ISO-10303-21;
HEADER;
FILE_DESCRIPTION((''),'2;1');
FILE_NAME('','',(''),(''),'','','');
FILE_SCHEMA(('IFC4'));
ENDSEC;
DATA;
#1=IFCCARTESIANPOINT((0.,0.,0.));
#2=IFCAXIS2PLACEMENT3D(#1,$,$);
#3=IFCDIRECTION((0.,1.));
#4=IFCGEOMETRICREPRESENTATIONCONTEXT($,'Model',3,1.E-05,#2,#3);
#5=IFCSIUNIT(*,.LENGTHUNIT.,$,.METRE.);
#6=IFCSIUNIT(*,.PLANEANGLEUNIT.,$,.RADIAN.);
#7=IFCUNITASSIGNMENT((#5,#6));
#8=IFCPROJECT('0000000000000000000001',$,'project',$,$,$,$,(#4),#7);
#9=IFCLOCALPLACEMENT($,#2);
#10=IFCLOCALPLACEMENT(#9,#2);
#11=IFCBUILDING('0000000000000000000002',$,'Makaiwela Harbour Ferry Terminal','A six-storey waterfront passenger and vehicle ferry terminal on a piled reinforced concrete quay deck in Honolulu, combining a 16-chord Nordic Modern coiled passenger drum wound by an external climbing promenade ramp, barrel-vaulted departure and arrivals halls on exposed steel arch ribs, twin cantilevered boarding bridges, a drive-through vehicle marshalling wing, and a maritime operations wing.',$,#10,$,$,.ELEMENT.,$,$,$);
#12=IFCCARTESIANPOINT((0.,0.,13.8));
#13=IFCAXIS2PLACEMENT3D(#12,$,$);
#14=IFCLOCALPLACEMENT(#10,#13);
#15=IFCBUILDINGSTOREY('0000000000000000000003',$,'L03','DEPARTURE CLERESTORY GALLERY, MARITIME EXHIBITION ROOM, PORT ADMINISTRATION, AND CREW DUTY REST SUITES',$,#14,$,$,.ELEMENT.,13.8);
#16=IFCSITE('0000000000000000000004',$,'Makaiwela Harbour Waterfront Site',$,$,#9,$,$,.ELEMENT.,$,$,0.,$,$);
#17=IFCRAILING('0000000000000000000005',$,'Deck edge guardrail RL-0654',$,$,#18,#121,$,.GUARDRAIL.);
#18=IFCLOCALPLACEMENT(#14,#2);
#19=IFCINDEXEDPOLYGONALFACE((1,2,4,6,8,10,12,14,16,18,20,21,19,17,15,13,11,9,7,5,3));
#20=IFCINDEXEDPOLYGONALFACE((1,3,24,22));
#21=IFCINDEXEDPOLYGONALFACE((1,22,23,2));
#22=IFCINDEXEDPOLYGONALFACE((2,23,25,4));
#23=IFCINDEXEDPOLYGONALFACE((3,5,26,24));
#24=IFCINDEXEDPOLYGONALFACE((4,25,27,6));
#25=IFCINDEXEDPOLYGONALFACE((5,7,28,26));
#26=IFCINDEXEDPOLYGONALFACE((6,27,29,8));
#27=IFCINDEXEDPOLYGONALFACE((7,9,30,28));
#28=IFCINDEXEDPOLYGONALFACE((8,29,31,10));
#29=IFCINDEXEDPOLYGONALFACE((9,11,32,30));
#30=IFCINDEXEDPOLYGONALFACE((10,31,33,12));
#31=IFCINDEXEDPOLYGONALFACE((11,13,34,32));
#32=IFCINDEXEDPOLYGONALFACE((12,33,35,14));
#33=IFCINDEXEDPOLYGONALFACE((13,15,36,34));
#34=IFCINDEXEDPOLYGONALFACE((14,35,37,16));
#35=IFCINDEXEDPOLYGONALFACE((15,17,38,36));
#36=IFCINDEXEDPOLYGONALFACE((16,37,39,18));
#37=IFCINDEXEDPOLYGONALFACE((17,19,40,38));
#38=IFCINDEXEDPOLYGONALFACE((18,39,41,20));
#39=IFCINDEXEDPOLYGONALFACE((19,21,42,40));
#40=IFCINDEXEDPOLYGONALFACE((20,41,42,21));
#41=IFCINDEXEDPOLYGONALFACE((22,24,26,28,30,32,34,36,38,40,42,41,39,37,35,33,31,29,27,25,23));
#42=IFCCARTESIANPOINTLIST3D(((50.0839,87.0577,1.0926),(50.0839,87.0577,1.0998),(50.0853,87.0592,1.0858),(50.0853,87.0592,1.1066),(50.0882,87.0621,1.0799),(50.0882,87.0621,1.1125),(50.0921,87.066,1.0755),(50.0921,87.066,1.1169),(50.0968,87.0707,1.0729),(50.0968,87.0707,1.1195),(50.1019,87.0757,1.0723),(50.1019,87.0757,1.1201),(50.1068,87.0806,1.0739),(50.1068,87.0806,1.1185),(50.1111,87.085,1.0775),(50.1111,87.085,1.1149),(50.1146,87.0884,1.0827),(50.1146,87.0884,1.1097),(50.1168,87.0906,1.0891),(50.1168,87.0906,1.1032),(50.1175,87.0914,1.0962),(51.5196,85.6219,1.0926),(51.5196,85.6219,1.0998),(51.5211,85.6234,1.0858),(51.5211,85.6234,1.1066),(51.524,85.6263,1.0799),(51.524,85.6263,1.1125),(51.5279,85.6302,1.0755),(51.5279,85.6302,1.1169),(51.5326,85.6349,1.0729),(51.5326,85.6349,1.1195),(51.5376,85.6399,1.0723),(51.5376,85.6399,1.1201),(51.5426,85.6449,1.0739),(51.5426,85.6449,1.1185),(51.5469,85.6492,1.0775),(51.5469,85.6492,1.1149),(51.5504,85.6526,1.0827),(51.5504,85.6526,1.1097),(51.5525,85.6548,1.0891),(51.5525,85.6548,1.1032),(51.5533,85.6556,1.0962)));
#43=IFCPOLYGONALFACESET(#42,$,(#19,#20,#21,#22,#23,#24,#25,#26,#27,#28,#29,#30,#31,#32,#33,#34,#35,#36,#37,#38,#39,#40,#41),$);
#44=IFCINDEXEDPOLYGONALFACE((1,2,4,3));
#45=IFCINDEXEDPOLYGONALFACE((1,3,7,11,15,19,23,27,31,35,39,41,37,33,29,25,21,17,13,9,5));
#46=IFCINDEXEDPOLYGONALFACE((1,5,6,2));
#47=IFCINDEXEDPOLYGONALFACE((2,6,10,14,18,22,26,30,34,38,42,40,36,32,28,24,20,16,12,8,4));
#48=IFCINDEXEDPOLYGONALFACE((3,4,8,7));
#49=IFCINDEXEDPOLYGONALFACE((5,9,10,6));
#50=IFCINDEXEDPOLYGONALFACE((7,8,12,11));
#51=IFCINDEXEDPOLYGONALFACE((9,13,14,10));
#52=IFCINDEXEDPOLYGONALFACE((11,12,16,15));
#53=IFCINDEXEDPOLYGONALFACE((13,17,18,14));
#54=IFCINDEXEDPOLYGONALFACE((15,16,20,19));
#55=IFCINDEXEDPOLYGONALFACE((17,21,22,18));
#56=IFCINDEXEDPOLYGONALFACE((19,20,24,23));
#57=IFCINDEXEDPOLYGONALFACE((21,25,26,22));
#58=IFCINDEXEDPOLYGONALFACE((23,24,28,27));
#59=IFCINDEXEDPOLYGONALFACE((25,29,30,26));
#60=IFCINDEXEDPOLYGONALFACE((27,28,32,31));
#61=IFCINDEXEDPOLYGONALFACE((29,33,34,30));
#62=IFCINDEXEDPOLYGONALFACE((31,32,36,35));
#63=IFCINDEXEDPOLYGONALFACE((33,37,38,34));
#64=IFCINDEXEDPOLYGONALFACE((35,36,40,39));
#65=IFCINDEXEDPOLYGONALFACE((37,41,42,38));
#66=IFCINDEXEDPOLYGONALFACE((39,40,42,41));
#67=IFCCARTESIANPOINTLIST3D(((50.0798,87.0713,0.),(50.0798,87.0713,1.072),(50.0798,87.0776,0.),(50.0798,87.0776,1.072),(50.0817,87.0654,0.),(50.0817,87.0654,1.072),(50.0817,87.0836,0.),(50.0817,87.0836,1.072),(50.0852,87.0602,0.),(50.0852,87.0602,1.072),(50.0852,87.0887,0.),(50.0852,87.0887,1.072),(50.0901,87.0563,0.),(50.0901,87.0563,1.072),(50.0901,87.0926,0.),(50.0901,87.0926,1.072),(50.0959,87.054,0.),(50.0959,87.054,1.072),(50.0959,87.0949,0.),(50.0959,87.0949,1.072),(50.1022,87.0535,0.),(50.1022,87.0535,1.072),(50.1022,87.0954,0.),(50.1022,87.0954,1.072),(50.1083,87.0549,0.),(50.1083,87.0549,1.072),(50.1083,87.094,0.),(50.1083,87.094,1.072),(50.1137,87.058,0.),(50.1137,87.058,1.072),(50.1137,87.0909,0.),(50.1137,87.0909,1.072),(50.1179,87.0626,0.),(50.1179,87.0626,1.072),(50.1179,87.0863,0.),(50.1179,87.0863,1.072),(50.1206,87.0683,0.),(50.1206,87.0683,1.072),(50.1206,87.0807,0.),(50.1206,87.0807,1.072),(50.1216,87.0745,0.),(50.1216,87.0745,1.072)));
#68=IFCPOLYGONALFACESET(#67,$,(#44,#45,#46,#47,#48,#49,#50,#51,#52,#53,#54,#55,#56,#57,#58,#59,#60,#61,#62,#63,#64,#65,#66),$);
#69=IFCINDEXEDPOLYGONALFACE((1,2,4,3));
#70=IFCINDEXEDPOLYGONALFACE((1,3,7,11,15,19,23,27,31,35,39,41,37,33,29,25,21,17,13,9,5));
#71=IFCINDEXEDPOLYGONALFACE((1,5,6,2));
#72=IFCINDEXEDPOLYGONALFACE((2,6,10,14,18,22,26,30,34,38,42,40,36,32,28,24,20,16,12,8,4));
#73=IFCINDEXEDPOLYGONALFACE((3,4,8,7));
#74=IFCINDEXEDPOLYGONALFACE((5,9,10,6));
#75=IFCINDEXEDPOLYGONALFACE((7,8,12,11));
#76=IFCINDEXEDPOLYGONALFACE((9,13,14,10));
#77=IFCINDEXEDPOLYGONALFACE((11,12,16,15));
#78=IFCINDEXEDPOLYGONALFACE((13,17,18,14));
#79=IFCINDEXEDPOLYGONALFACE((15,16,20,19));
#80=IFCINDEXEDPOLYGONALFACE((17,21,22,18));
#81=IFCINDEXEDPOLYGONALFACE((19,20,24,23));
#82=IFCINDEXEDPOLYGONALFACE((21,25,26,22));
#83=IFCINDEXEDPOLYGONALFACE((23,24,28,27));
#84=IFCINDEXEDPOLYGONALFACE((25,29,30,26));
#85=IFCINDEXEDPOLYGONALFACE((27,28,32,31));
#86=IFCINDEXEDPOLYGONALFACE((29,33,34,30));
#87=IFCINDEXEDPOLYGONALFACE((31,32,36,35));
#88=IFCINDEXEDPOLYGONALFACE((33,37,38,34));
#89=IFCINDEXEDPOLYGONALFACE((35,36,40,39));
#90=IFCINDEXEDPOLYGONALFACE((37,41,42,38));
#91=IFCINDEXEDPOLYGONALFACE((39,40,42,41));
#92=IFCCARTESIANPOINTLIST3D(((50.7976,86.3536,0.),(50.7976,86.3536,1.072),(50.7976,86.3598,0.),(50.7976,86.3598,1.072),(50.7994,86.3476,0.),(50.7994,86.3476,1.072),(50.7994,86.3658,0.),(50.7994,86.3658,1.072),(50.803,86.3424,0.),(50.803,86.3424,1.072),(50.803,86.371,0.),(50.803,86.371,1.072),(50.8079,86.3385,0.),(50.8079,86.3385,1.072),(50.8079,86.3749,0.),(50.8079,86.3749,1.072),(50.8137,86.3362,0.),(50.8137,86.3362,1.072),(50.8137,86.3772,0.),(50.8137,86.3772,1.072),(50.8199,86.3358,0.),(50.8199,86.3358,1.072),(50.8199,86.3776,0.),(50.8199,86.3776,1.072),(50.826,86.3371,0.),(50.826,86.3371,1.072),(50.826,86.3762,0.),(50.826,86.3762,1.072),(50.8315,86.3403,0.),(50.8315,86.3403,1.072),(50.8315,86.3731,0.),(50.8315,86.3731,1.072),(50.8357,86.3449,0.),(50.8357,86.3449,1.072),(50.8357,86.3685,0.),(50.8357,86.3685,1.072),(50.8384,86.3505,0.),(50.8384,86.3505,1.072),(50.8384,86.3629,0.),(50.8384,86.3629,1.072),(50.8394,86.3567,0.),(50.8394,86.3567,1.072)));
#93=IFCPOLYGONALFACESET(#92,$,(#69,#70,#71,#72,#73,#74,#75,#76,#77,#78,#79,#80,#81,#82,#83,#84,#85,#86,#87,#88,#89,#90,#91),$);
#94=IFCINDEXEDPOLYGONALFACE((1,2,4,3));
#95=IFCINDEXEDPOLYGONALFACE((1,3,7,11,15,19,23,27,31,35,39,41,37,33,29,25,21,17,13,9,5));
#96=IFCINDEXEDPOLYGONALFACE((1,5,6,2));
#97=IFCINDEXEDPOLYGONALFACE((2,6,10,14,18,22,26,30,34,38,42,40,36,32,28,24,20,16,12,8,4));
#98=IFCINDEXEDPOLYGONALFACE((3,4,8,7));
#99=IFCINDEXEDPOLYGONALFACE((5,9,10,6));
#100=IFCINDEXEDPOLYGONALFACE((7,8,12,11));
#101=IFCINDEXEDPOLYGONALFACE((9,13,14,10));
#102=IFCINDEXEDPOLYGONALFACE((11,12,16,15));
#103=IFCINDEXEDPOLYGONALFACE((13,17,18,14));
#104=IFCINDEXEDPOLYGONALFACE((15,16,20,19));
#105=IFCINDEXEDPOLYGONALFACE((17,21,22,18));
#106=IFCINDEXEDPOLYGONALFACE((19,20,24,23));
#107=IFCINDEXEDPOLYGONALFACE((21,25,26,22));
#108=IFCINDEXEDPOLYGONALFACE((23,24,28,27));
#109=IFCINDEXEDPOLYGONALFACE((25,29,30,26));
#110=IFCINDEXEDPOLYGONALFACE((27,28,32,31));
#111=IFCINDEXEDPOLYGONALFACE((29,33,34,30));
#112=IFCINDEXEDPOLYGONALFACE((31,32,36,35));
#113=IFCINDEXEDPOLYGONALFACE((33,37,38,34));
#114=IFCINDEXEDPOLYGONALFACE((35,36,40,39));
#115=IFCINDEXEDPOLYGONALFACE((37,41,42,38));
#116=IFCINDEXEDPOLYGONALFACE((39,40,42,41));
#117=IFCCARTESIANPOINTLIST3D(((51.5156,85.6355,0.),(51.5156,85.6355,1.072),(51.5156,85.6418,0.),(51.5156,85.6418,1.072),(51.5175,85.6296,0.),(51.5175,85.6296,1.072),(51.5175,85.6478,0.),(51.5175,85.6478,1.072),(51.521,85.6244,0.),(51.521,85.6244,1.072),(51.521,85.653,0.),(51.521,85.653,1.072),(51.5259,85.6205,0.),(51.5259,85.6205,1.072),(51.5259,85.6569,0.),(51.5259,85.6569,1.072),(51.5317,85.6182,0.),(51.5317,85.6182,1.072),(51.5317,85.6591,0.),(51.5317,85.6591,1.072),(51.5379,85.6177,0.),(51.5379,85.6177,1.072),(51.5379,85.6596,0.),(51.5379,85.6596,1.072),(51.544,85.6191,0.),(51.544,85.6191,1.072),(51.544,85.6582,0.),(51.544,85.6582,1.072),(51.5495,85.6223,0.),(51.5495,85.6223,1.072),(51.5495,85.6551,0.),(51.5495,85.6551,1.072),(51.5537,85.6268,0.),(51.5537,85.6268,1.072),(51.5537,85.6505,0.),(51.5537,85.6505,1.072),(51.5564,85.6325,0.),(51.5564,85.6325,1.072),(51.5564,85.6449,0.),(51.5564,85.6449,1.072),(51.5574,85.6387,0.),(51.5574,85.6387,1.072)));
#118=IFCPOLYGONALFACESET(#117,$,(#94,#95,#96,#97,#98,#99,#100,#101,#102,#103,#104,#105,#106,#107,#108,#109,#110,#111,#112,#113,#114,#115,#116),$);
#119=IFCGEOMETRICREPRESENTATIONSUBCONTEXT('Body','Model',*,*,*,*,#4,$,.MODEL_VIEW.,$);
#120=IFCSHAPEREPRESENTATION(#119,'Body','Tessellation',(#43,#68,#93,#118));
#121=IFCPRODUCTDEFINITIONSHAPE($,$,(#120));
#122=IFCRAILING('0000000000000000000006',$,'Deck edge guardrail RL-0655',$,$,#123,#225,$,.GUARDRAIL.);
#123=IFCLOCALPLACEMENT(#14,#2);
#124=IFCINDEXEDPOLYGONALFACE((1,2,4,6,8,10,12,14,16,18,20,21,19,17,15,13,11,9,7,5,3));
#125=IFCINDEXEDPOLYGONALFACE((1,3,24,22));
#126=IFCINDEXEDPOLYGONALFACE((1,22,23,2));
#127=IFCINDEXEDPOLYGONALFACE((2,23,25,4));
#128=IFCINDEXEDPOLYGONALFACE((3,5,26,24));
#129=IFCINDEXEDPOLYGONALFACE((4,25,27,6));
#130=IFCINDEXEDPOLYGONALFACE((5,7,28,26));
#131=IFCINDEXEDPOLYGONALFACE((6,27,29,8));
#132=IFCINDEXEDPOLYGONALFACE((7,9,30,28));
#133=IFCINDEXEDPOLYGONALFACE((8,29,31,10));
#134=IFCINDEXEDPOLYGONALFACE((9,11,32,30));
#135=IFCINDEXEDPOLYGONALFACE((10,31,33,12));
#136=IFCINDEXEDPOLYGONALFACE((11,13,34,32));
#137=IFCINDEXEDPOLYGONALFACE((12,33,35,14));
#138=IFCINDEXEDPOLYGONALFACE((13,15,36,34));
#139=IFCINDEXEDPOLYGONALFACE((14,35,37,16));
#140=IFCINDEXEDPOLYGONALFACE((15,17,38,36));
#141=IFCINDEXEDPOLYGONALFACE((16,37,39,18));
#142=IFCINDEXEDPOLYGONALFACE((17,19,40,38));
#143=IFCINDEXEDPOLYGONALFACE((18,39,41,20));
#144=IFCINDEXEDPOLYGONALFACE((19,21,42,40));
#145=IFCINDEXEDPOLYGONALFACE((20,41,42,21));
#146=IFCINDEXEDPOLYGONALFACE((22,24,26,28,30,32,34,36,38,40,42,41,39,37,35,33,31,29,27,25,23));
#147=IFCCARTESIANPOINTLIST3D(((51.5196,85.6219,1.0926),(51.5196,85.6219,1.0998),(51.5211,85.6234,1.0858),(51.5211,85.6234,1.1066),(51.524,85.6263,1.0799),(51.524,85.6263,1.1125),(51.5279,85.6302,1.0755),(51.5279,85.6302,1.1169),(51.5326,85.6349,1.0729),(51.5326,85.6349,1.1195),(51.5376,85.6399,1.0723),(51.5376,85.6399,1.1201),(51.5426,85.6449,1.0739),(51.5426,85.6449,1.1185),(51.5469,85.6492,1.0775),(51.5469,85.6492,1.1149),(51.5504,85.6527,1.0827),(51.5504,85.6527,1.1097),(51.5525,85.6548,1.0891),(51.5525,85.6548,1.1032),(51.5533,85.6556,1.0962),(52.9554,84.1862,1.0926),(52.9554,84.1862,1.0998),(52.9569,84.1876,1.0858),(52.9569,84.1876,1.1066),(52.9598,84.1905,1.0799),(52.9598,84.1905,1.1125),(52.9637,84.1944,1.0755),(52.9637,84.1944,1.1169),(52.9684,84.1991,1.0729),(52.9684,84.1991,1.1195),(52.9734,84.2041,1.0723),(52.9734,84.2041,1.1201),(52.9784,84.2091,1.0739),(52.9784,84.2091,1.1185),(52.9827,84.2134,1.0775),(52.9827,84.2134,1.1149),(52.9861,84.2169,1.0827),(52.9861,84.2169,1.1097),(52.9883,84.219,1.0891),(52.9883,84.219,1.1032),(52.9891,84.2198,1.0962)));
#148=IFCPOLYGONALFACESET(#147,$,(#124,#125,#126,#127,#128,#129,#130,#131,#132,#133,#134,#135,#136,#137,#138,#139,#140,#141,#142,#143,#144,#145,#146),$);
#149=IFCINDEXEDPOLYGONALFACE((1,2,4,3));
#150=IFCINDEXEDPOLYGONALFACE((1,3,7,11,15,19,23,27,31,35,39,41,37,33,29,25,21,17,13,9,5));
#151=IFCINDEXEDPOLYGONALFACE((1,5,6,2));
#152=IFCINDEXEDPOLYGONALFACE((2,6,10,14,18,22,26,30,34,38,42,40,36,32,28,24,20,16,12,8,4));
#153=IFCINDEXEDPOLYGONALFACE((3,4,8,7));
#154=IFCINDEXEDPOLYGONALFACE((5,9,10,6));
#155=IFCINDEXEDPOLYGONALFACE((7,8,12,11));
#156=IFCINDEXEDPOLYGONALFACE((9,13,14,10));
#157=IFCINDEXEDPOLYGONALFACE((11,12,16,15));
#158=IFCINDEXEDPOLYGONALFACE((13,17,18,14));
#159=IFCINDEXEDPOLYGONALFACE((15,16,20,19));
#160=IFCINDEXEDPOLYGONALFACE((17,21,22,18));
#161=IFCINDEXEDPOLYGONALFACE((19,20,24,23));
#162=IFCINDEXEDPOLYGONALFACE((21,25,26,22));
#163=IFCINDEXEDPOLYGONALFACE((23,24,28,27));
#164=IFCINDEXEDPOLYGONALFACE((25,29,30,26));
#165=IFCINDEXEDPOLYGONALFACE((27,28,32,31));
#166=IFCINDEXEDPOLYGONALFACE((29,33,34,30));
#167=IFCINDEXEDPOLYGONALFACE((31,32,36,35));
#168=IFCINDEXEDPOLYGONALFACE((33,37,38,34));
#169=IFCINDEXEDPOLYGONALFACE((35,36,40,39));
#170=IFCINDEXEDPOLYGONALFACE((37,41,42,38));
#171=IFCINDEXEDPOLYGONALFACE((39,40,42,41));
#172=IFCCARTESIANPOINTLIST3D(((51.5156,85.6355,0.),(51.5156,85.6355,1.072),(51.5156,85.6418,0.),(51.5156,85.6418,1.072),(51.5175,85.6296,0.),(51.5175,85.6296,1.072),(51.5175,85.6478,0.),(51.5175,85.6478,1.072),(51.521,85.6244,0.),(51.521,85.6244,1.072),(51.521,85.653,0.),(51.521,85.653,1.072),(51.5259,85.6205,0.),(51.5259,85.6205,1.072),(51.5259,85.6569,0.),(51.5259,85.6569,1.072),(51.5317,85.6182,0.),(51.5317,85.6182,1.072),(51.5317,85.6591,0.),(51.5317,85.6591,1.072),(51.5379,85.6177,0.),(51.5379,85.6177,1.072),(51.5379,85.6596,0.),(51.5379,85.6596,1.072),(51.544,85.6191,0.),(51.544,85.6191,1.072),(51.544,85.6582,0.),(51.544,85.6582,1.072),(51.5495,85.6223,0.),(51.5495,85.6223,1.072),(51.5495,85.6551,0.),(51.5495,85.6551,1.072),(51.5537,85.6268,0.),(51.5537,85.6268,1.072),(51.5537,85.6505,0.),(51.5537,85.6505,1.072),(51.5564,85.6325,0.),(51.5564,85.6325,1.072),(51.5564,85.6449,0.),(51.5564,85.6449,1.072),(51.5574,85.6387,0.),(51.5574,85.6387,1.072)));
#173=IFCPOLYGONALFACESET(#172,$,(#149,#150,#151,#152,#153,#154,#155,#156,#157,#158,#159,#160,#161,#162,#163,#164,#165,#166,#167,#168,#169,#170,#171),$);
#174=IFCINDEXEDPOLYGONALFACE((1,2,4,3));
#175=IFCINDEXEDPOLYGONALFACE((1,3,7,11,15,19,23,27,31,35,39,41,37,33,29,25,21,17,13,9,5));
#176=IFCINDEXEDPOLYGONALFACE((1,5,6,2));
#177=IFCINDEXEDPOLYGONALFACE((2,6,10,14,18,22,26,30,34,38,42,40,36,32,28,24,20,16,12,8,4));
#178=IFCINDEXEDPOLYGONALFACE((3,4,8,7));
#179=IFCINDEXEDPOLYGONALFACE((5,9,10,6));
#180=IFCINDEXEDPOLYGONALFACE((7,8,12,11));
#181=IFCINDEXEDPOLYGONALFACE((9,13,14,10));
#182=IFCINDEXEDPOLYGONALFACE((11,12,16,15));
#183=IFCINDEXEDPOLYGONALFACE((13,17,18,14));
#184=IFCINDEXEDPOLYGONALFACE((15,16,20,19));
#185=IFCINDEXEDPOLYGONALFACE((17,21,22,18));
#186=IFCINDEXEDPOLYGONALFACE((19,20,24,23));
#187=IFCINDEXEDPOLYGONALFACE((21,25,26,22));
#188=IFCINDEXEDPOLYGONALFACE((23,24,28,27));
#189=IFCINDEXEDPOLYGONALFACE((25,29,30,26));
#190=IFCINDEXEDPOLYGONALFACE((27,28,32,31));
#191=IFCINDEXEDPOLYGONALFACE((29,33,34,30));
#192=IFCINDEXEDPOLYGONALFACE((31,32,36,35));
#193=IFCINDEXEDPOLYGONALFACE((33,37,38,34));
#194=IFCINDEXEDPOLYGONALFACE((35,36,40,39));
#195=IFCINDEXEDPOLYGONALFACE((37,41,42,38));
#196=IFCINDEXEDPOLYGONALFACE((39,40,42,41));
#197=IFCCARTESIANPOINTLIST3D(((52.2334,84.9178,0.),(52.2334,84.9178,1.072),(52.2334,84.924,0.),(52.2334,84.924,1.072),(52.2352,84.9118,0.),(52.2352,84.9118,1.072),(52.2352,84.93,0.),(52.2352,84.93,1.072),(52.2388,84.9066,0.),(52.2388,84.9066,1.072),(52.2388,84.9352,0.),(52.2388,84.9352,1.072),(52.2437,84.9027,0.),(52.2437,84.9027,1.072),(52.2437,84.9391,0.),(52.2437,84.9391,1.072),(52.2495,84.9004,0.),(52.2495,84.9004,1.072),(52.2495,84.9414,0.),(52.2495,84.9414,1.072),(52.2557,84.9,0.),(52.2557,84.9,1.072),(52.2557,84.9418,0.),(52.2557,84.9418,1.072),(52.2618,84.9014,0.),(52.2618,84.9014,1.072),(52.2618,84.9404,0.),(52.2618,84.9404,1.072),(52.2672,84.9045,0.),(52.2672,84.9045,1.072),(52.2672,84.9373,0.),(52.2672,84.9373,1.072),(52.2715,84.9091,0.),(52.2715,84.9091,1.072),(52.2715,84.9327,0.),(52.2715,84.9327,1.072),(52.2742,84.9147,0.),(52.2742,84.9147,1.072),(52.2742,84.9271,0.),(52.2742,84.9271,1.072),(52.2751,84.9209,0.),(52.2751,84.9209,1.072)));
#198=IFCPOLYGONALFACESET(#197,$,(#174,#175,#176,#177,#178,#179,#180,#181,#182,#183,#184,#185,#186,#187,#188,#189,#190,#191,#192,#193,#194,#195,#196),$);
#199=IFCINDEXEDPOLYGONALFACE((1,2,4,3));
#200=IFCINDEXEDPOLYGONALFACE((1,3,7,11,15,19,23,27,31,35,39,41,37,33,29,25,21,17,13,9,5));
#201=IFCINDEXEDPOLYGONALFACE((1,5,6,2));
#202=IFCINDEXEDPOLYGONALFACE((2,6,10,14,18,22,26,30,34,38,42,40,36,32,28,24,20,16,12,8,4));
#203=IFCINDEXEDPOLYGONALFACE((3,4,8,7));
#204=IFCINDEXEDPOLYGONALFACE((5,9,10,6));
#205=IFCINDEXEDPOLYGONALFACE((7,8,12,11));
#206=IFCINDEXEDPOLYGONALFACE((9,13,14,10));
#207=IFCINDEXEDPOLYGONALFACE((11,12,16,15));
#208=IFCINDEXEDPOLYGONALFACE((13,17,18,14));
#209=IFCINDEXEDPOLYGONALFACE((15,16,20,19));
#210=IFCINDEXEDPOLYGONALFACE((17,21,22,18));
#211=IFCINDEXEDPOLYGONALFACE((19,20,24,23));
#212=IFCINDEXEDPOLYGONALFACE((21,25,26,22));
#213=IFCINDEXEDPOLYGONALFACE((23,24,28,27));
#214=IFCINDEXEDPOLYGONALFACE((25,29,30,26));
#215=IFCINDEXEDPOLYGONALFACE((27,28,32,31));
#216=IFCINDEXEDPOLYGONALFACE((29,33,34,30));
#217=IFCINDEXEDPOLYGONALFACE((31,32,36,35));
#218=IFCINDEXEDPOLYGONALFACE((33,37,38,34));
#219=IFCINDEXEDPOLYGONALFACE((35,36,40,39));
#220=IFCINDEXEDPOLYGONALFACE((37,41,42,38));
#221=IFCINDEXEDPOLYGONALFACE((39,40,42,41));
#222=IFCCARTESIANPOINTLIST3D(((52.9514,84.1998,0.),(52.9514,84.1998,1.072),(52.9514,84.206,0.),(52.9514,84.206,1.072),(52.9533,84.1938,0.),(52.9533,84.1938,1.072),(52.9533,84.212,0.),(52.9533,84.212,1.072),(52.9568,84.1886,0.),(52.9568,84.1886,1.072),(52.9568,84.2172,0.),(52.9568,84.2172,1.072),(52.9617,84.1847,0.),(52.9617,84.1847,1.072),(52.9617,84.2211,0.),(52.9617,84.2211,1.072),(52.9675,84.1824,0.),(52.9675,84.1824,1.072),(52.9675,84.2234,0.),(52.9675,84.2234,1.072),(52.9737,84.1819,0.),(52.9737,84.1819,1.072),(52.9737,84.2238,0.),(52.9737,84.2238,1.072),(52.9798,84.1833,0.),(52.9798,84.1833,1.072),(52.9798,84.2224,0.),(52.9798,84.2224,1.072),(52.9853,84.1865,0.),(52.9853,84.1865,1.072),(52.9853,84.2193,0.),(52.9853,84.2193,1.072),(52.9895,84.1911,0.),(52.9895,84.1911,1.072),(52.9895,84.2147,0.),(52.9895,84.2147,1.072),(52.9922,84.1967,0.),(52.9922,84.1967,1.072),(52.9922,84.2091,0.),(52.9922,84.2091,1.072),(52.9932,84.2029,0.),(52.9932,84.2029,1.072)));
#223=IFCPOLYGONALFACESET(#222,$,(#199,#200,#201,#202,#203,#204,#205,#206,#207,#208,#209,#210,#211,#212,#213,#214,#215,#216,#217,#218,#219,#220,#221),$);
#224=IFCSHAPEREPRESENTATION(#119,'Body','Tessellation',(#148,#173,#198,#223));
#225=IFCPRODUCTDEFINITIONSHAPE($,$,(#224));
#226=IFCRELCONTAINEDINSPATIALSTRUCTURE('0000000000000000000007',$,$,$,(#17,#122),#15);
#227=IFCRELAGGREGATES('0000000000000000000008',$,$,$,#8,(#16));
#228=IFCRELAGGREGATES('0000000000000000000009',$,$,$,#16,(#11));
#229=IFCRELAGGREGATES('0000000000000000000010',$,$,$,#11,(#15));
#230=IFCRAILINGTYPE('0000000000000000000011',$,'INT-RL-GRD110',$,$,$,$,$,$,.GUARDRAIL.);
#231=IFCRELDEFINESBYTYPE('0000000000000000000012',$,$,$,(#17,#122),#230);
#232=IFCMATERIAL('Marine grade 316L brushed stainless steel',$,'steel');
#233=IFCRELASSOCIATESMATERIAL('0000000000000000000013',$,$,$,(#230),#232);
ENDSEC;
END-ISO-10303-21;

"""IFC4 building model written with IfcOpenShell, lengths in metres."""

from ifc_helpers import new_model, si_unit, direction, frame, origin, origin_2d, place, context, subcontext, project, spatial, circle, extrude, material, type_object, element, save


model = new_model("IFC4")

# Units and contexts
model_context = context("Model", 3, precision=1e-05, world=origin(), true_north=direction((0.0, 1.0)))
body_context = subcontext(model_context, "Body", "Model", "MODEL_VIEW")
ifc_project = project(units=[si_unit("LENGTHUNIT", "METRE"), si_unit("PLANEANGLEUNIT", "RADIAN")], contexts=[model_context])

# Site, building, storey
site_placement = place(None, origin())
site = spatial("IfcSite", under=ifc_project, at=site_placement, Name="Makaiwela Harbour Waterfront Site", CompositionType="ELEMENT", RefElevation=0.0)
building_placement = place(site_placement, origin())
building = spatial("IfcBuilding", under=site, at=building_placement, Name="Makaiwela Harbour Ferry Terminal", Description="A six-storey waterfront passenger and vehicle ferry terminal on a piled reinforced concrete quay deck in Honolulu, combining a 16-chord Nordic Modern coiled passenger drum wound by an external climbing promenade ramp, barrel-vaulted departure and arrivals halls on exposed steel arch ribs, twin cantilevered boarding bridges, a drive-through vehicle marshalling wing, and a maritime operations wing.", CompositionType="ELEMENT")
storey_placement = place(building_placement, frame((0.0, 0.0, 13.8)))
storey = spatial("IfcBuildingStorey", under=building, at=storey_placement, Name="L03", Description="DEPARTURE CLERESTORY GALLERY, MARITIME EXHIBITION ROOM, PORT ADMINISTRATION, AND CREW DUTY REST SUITES", CompositionType="ELEMENT", Elevation=13.8)

# Railings
ifc_material_1 = material(Name="Marine grade 316L brushed stainless steel", Category="steel")
railing_type = type_object("IfcRailingType", Name="INT-RL-GRD110", PredefinedType="GUARDRAIL", material=ifc_material_1)
for number, where, name in (
    (1, (50.1006, 87.0745, 0.0), "Deck edge guardrail RL-0654"),
    (2, (51.5364, 85.6387, 0.0), "Deck edge guardrail RL-0655"),
):
    element("IfcRailing", number, at=place(storey_placement, frame(where)), inside=storey, type_object=railing_type, Name=name, PredefinedType="GUARDRAIL", context=body_context, shape_type="SweptSolid", body=[
        extrude(circle(Radius=0.0239, at=origin_2d()), frame((0.0, 0.0, 1.0962), z_axis=(0.707107, -0.707107, 0.0), x_axis=(0.707107, 0.707107, 0.0)), (0.0, 0.0, 1.0), 2.0305),
        extrude(circle(Radius=0.021, at=origin_2d()), origin(), (0.0, 0.0, 1.0), 1.072),
        extrude(circle(Radius=0.021, at=origin_2d()), frame((0.7178, -0.7178, 0.0)), (0.0, 0.0, 1.0), 1.072),
        extrude(circle(Radius=0.021, at=origin_2d()), frame((1.4358, -1.4358, 0.0)), (0.0, 0.0, 1.0), 1.072),
    ])

save(model, "model.ifc")
